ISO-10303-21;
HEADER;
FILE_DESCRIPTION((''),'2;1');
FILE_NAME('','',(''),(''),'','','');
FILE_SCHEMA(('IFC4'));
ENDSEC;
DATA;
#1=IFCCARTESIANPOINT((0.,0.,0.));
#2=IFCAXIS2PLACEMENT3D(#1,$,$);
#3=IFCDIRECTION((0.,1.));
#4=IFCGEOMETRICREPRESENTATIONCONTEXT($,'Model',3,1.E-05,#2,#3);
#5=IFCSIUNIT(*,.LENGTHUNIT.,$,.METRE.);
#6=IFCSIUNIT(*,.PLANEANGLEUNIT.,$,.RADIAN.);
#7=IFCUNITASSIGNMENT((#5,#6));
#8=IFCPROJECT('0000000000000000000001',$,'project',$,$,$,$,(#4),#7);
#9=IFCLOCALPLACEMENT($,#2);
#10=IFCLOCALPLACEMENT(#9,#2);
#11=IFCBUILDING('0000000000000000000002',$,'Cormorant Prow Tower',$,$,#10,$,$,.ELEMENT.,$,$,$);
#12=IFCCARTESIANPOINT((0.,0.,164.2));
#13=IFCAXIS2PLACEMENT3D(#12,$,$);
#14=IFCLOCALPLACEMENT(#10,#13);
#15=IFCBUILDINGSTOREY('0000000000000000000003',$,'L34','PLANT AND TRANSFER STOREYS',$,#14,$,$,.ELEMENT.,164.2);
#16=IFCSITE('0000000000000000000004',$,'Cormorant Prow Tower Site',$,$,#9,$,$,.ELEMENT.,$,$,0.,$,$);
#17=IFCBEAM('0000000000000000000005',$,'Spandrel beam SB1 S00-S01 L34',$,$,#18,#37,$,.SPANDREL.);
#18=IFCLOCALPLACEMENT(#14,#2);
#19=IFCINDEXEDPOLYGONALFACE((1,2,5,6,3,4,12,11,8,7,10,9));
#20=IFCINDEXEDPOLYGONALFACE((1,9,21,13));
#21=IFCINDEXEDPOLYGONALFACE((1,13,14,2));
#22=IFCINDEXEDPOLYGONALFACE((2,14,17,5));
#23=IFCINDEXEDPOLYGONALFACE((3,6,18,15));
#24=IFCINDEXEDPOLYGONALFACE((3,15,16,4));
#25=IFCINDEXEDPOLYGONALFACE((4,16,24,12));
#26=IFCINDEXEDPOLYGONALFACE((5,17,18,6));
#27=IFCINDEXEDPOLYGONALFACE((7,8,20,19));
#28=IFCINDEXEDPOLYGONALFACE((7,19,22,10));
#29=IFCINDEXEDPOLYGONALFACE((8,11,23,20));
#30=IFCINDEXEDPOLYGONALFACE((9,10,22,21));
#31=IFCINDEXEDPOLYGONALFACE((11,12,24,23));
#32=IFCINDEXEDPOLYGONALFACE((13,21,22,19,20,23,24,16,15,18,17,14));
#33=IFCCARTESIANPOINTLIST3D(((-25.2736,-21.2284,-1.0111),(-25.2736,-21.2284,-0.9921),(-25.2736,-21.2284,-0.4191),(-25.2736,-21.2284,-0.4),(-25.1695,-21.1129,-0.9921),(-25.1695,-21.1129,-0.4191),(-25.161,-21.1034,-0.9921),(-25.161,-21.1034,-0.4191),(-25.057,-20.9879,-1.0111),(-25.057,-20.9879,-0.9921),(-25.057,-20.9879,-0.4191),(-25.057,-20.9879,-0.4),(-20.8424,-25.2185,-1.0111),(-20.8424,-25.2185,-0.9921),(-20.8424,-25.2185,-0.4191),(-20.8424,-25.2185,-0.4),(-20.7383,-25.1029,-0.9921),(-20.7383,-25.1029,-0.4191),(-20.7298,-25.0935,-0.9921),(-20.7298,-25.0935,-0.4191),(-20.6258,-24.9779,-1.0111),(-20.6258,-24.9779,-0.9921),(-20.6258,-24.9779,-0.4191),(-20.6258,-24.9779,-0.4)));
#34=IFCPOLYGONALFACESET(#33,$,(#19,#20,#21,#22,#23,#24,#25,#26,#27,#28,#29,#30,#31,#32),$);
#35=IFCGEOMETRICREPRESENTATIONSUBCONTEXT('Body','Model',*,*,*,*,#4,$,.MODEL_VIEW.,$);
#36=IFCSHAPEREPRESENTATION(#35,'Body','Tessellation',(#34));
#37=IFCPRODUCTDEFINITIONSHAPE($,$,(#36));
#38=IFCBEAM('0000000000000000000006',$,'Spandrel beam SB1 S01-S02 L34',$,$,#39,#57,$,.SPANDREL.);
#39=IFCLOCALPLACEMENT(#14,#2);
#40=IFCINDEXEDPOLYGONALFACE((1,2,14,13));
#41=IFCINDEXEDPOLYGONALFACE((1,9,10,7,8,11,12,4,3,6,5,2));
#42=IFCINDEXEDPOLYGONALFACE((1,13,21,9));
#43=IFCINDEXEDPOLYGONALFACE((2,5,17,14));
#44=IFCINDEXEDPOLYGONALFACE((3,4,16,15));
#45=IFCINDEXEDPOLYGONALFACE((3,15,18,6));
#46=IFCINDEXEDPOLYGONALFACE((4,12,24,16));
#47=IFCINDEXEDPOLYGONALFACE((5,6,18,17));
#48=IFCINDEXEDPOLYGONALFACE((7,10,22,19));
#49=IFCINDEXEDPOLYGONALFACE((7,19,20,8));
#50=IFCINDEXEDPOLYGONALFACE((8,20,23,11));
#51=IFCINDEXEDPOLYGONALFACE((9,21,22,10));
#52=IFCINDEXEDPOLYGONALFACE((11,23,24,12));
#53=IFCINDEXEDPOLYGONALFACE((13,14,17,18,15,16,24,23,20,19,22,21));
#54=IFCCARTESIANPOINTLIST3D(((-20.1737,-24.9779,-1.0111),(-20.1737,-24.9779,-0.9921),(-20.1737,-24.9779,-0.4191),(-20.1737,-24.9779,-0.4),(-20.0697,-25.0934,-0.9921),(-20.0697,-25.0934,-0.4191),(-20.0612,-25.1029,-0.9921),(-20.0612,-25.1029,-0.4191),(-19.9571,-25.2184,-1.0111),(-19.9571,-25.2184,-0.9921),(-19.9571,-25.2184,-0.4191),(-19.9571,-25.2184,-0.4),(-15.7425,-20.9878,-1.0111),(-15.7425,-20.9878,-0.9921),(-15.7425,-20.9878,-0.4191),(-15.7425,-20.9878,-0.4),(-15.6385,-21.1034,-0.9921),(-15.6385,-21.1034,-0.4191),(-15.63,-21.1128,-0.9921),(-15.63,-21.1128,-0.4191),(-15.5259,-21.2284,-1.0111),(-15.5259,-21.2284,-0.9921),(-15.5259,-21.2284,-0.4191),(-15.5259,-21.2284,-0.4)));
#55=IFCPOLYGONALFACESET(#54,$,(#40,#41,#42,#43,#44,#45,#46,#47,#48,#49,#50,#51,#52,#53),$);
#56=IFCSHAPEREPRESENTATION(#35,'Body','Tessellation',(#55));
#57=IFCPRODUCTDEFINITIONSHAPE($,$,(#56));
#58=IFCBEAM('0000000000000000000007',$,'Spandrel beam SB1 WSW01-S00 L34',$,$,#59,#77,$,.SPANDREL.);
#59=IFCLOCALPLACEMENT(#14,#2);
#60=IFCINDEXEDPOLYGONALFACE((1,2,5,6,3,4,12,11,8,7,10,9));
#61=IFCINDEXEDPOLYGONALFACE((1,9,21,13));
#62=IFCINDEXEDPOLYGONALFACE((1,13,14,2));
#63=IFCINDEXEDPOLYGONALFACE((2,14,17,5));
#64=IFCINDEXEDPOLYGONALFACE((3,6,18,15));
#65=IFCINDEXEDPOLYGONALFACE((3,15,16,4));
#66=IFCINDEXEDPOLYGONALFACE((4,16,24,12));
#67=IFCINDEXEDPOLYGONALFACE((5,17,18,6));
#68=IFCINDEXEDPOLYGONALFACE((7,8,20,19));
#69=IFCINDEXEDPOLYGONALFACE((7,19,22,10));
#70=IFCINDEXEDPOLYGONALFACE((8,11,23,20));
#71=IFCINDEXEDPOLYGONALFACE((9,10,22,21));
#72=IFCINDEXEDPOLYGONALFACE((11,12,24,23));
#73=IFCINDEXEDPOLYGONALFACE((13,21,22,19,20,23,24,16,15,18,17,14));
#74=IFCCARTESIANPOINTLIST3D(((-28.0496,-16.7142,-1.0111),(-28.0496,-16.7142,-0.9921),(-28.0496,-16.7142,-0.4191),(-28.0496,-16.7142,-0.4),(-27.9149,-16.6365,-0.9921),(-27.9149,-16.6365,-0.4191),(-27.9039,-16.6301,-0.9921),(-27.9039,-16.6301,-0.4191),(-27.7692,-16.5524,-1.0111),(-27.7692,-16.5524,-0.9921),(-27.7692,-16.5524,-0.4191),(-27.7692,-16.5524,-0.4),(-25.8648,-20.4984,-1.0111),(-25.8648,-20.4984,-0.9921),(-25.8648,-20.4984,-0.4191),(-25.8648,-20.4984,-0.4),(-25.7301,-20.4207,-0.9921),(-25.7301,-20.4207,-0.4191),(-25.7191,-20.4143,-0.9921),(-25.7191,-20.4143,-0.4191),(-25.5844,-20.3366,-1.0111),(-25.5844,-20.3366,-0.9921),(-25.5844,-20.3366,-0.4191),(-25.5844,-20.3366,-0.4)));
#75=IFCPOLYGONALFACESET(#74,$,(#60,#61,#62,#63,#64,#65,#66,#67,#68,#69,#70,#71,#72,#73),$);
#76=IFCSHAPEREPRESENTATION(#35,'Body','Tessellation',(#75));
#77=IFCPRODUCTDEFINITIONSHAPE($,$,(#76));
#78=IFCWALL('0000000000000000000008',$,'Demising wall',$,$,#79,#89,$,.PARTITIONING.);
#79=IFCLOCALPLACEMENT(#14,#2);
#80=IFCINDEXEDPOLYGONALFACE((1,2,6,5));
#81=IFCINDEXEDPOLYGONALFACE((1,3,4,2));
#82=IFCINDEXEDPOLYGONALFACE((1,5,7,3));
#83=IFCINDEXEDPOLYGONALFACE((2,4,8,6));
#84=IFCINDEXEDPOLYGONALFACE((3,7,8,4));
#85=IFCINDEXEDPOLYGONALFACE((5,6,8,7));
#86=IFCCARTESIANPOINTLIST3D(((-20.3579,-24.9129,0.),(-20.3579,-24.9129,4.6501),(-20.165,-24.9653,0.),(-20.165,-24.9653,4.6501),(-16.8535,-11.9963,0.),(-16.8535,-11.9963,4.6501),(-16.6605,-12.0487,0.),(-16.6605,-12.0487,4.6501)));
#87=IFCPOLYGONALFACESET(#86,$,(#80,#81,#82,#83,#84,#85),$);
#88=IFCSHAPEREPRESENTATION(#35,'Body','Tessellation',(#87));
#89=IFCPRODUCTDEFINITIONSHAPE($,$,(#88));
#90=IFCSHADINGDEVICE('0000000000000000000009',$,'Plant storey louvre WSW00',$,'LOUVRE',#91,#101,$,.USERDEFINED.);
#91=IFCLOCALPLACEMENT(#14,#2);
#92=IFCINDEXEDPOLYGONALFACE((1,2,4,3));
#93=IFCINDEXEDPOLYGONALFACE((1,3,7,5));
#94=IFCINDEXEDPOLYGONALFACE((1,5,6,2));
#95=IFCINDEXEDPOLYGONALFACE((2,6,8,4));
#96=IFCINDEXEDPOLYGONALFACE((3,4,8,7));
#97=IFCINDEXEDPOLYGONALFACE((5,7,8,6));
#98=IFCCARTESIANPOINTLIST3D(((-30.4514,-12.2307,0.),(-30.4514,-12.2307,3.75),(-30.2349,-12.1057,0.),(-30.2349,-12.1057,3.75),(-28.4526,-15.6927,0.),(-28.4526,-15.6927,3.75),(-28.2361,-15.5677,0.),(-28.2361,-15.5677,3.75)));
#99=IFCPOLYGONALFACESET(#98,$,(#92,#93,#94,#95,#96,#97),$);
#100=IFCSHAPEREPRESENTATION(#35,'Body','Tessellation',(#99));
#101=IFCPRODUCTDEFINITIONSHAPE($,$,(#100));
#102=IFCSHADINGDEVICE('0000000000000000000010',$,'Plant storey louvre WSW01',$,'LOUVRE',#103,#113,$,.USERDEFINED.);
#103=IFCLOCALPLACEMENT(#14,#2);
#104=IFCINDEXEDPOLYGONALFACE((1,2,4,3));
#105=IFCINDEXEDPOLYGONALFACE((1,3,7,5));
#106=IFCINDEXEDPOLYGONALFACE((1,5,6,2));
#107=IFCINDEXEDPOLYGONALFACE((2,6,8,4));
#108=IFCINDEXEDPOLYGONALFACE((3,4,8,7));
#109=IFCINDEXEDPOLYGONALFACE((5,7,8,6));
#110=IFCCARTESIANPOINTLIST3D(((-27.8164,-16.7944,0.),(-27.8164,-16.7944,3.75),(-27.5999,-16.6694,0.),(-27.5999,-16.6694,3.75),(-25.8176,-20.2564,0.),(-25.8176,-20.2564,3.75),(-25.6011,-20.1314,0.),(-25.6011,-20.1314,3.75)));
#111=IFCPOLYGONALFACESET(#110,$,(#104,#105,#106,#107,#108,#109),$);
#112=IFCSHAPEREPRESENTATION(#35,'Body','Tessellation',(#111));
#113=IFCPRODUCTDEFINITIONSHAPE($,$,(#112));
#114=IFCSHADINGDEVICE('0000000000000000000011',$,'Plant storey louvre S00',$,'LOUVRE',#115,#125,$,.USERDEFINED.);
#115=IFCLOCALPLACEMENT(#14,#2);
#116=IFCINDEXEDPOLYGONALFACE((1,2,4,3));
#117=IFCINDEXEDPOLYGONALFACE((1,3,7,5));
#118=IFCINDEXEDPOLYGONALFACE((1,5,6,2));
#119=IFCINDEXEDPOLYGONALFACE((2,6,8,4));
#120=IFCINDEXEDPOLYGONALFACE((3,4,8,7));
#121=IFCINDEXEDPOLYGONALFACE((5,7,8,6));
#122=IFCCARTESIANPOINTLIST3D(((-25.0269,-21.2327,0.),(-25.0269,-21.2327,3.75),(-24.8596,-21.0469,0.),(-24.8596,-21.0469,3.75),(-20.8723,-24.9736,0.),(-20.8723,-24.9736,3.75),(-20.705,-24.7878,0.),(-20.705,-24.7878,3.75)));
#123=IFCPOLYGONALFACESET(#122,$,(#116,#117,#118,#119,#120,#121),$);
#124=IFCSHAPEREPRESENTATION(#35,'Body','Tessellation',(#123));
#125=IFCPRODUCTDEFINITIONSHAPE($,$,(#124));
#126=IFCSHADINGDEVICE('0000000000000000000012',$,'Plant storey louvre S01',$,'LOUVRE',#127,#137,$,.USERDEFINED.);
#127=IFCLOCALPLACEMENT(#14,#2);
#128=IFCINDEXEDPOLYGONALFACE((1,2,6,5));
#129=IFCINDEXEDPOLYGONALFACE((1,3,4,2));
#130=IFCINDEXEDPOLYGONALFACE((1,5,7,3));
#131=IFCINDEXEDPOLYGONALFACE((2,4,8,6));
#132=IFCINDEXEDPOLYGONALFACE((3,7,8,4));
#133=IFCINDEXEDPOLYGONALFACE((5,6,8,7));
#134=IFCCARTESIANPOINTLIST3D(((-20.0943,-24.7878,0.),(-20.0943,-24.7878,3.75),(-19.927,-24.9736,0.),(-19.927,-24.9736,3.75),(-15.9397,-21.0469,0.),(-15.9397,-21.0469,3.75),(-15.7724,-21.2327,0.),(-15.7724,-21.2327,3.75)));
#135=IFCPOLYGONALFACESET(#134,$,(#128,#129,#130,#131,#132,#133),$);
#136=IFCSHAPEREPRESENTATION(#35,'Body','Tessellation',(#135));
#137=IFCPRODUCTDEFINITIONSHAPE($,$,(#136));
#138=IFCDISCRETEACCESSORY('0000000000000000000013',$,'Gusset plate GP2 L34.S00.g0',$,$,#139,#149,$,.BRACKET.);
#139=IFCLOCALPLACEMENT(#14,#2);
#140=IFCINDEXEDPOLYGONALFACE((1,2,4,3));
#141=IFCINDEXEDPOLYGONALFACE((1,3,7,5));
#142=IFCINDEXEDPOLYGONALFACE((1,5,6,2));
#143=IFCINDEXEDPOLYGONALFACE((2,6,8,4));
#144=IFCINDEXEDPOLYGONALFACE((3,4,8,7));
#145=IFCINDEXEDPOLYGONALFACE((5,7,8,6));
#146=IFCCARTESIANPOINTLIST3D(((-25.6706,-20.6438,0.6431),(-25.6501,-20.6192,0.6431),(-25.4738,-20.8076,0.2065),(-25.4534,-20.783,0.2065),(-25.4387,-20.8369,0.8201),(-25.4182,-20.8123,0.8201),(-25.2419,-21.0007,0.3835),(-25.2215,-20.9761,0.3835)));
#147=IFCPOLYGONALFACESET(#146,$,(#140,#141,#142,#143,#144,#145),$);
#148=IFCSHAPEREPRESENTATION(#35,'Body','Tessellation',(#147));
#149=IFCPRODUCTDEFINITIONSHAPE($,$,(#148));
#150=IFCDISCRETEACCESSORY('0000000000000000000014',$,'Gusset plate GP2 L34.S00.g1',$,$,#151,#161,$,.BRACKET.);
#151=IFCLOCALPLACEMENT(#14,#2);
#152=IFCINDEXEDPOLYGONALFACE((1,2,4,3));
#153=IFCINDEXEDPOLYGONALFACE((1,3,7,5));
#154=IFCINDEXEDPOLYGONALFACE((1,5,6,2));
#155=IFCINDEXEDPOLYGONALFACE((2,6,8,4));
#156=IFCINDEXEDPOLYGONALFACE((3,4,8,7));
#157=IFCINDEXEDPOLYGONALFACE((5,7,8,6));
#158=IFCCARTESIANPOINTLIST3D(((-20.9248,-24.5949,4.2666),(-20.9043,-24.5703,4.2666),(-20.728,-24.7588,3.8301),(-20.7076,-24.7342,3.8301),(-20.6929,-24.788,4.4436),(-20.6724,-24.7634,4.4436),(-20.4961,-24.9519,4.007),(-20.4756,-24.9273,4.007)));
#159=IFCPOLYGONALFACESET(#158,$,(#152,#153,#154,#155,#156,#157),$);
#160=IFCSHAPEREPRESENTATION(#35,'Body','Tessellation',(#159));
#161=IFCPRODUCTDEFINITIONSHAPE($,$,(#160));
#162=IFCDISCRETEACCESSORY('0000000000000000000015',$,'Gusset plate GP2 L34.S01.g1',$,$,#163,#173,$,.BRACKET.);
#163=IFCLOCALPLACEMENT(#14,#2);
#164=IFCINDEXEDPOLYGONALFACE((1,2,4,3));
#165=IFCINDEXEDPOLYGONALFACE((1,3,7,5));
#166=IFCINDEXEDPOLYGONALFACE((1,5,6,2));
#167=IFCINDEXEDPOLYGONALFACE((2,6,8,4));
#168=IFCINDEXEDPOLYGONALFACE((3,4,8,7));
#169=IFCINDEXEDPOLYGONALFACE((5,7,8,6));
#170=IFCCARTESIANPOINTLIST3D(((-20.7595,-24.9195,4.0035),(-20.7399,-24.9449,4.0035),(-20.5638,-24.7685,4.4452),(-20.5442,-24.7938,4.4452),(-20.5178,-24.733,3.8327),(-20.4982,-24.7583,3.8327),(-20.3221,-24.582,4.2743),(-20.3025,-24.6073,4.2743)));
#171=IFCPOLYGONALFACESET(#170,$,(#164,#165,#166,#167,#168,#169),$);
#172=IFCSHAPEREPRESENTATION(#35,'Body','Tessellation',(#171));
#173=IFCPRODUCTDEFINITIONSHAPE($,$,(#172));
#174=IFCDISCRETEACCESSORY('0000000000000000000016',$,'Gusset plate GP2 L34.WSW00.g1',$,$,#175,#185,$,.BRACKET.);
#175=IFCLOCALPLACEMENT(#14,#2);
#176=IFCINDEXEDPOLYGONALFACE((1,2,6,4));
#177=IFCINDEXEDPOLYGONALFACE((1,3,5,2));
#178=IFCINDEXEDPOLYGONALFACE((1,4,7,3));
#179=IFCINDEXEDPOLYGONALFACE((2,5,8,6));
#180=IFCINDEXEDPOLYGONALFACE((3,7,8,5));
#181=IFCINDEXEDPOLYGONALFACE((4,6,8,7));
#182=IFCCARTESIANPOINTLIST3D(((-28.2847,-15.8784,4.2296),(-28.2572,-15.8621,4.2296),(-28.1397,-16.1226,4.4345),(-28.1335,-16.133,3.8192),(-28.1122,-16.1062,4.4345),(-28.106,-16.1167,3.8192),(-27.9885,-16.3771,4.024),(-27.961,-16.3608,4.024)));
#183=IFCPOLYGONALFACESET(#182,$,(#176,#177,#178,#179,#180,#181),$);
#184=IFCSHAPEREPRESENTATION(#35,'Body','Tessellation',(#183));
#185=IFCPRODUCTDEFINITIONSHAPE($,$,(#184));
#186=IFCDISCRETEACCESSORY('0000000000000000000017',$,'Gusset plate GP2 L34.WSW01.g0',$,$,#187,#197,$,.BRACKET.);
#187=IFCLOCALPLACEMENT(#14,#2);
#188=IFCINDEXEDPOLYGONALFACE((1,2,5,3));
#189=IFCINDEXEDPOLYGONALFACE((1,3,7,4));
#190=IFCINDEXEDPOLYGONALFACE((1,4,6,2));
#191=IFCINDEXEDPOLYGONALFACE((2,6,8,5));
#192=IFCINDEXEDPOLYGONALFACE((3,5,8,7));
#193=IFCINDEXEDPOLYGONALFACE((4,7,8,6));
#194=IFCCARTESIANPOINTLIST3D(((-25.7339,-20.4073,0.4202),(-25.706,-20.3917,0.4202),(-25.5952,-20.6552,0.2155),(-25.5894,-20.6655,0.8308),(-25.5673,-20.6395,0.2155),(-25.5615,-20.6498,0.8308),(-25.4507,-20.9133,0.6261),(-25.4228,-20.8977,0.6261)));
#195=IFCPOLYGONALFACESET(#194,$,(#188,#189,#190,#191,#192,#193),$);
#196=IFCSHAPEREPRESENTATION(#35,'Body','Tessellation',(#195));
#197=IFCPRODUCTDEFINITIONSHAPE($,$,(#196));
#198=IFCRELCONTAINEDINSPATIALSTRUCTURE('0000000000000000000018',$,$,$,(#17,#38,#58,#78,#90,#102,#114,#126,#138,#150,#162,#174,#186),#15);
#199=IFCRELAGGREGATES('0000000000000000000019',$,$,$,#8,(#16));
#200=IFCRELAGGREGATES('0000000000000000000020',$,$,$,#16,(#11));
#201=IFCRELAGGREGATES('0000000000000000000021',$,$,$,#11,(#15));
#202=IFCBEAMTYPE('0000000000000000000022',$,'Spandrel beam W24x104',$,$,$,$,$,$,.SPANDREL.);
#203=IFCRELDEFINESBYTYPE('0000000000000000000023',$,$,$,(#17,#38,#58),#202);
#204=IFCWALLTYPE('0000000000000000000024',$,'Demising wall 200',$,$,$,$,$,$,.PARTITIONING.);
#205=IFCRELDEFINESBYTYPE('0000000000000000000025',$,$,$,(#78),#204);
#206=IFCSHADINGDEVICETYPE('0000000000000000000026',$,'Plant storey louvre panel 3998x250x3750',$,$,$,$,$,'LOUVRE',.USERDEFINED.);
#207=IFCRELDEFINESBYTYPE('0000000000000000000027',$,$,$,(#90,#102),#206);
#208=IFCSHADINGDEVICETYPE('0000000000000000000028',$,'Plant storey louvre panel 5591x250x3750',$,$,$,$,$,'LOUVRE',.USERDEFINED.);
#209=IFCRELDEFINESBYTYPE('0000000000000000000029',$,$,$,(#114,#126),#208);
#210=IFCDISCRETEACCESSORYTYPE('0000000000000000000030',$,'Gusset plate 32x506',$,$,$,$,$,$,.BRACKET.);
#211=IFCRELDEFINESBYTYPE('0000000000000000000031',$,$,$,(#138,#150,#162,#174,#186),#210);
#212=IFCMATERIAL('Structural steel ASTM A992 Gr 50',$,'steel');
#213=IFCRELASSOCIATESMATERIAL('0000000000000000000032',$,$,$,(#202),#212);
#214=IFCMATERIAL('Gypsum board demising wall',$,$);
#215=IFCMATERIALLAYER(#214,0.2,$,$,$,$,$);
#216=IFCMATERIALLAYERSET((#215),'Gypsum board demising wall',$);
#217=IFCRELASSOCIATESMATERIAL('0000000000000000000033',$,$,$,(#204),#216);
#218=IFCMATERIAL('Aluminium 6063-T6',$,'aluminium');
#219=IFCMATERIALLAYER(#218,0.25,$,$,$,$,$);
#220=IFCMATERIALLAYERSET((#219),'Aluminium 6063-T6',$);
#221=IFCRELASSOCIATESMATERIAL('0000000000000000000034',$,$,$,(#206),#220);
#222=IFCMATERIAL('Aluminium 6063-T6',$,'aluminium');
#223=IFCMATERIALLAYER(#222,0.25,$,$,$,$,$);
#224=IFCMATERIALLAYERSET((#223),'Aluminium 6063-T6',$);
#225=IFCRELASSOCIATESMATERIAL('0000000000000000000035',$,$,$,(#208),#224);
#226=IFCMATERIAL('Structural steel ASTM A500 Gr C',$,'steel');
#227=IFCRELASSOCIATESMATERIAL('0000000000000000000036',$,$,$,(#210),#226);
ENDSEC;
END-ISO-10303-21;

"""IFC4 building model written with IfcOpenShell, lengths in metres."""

from ifc_helpers import new_model, si_unit, direction, frame, frame_2d, origin, origin_2d, place, context, subcontext, project, spatial, rectangle, i_section, extrude, material, layer, layer_set, material_profile, profile_set, type_object, element, save


model = new_model("IFC4")

# Units and contexts
model_context = context("Model", 3, precision=1e-05, world=origin(), true_north=direction((0.0, 1.0)))
body_context = subcontext(model_context, "Body", "Model", "MODEL_VIEW")
ifc_project = project(units=[si_unit("LENGTHUNIT", "METRE"), si_unit("PLANEANGLEUNIT", "RADIAN")], contexts=[model_context])

# Site, building, storey
site_placement = place(None, origin())
site = spatial("IfcSite", under=ifc_project, at=site_placement, Name="Cormorant Prow Tower Site", CompositionType="ELEMENT", RefElevation=0.0)
building_placement = place(site_placement, origin())
building = spatial("IfcBuilding", under=site, at=building_placement, Name="Cormorant Prow Tower", CompositionType="ELEMENT")
storey_placement = place(building_placement, frame((0.0, 0.0, 164.2)))
storey = spatial("IfcBuildingStorey", under=building, at=storey_placement, Name="L34", Description="PLANT AND TRANSFER STOREYS", CompositionType="ELEMENT", Elevation=164.2)

# Beams
ifc_material_1 = material(Name="Structural steel ASTM A992 Gr 50", Category="steel")
ifc_material_profile_1 = material_profile(ifc_material_1, i_section(OverallWidth=0.3237, OverallDepth=0.6111, WebThickness=0.0127, FlangeThickness=0.019, at=origin_2d()), Name="W24x104")
ifc_profile_set_1 = profile_set([ifc_material_profile_1], Name="Structural steel ASTM A992 Gr 50")
beam_type = type_object("IfcBeamType", Name="Spandrel beam W24x104", PredefinedType="SPANDREL", material=ifc_profile_set_1)
for number, where, z_axis, x_axis, name in (
    (1, (-25.1653, -21.1082, -0.7056), (0.743131, -0.669146, 0.0), (0.669146, 0.743131, 0.0), "Spandrel beam SB1 S00-S01 L34"),
    (2, (-20.0654, -25.0981, -0.7056), (0.743131, 0.669146, 0.0), (-0.669146, 0.743131, 0.0), "Spandrel beam SB1 S01-S02 L34"),
):
    element("IfcBeam", number, at=place(storey_placement, frame(where, z_axis=z_axis, x_axis=x_axis)), inside=storey, type_object=beam_type, Name=name, PredefinedType="SPANDREL", context=body_context, shape_type="SweptSolid", body=[
        extrude(i_section(OverallWidth=0.3237, OverallDepth=0.6111, WebThickness=0.0127, FlangeThickness=0.019, at=origin_2d()), origin(), (0.0, 0.0, 1.0), 5.9629),
    ])
beam_placement = place(storey_placement, frame((-27.9094, -16.6333, -0.7056), z_axis=(0.500003, -0.866024, 0.0), x_axis=(0.866024, 0.500003, 0.0)))
element("IfcBeam", 3, at=beam_placement, inside=storey, type_object=beam_type, Name="Spandrel beam SB1 WSW01-S00 L34", PredefinedType="SPANDREL", context=body_context, shape_type="SweptSolid", body=[
    extrude(i_section(OverallWidth=0.3237, OverallDepth=0.6111, WebThickness=0.0127, FlangeThickness=0.019, at=origin_2d()), origin(), (0.0, 0.0, 1.0), 4.3696),
])

# Wall
ifc_material_2 = material(Name="Gypsum board demising wall")
ifc_layer_1 = layer(ifc_material_2, 0.2)
ifc_layer_set_1 = layer_set([ifc_layer_1], Name="Gypsum board demising wall")
wall_type = type_object("IfcWallType", Name="Demising wall 200", PredefinedType="PARTITIONING", material=ifc_layer_set_1)
wall_placement = place(storey_placement, frame((-20.2615, -24.9392, 0.0), z_axis=(0.0, 0.0, 1.0), x_axis=(0.261845, 0.96511, 0.0)))
element("IfcWall", 4, at=wall_placement, inside=storey, type_object=wall_type, Name="Demising wall", PredefinedType="PARTITIONING", context=body_context, shape_type="SweptSolid", body=[
    extrude(rectangle(XDim=13.3835, YDim=0.2, at=frame_2d((6.6919, 0.0))), origin(), (0.0, 0.0, 1.0), 4.6501),
])

# Shading devices
ifc_material_3 = material(Name="Aluminium 6063-T6", Category="aluminium")
ifc_layer_2 = layer(ifc_material_3, 0.25)
ifc_layer_set_2 = layer_set([ifc_layer_2], Name="Aluminium 6063-T6")
shading_device_type_1 = type_object("IfcShadingDeviceType", Name="Plant storey louvre panel 3998x250x3750", ElementType="LOUVRE", PredefinedType="USERDEFINED", material=ifc_layer_set_2)
for number, where, z_axis, x_axis, name in (
    (5, (-29.3438, -13.8992, 0.0), (0.0, 0.0, 1.0), (0.5, -0.866025, 0.0), "Plant storey louvre WSW00"),
    (6, (-26.7087, -18.4629, 0.0), (0.0, 0.0, 1.0), (0.5, -0.866025, 0.0), "Plant storey louvre WSW01"),
):
    element("IfcShadingDevice", number, at=place(storey_placement, frame(where, z_axis=z_axis, x_axis=x_axis)), inside=storey, type_object=shading_device_type_1, Name=name, ObjectType="LOUVRE", PredefinedType="USERDEFINED", context=body_context, shape_type="SweptSolid", body=[
        extrude(rectangle(XDim=3.9976, YDim=0.25, at=origin_2d()), origin(), (0.0, 0.0, 1.0), 3.75),
    ])
ifc_material_4 = material(Name="Aluminium 6063-T6", Category="aluminium")
ifc_layer_3 = layer(ifc_material_4, 0.25)
ifc_layer_set_3 = layer_set([ifc_layer_3], Name="Aluminium 6063-T6")
shading_device_type_2 = type_object("IfcShadingDeviceType", Name="Plant storey louvre panel 5591x250x3750", ElementType="LOUVRE", PredefinedType="USERDEFINED", material=ifc_layer_set_3)
for number, where, z_axis, x_axis, name in (
    (7, (-22.866, -23.0103, 0.0), (0.0, 0.0, 1.0), (0.743145, -0.669131, 0.0), "Plant storey louvre S00"),
    (8, (-17.9333, -23.0103, 0.0), (0.0, 0.0, 1.0), (0.743145, 0.669131, 0.0), "Plant storey louvre S01"),
):
    element("IfcShadingDevice", number, at=place(storey_placement, frame(where, z_axis=z_axis, x_axis=x_axis)), inside=storey, type_object=shading_device_type_2, Name=name, ObjectType="LOUVRE", PredefinedType="USERDEFINED", context=body_context, shape_type="SweptSolid", body=[
        extrude(rectangle(XDim=5.5906, YDim=0.25, at=origin_2d()), origin(), (0.0, 0.0, 1.0), 3.75),
    ])

# Discrete accessories
ifc_material_5 = material(Name="Structural steel ASTM A500 Gr C", Category="steel")
ifc_material_profile_2 = material_profile(ifc_material_5, rectangle(XDim=0.032, YDim=0.5061, at=origin_2d()), Name="Gusset plate 32x506")
ifc_profile_set_2 = profile_set([ifc_material_profile_2], Name="Structural steel ASTM A500 Gr C")
discrete_accessory_type_1 = type_object("IfcDiscreteAccessoryType", Name="Gusset plate 32x506", PredefinedType="BRACKET", material=ifc_profile_set_2)
for number, where, z_axis, x_axis, name in (
    (9, (-25.3301, -20.9065, 0.6018), (-0.662894, 0.551946, -0.505893), (-0.639866, -0.768486, 0.0), "Gusset plate GP2 L34.S00.g0"),
    (10, (-20.8162, -24.6646, 4.0483), (0.662894, -0.551946, 0.505893), (0.639866, 0.768486, 0.0), "Gusset plate GP2 L34.S00.g1"),
    (11, (-20.4102, -24.6702, 4.0535), (-0.690807, -0.533107, 0.488449), (0.610947, -0.791672, 0.0), "Gusset plate GP2 L34.S01.g1"),
):
    element("IfcDiscreteAccessory", number, at=place(storey_placement, frame(where, z_axis=z_axis, x_axis=x_axis)), inside=storey, type_object=discrete_accessory_type_1, Name=name, PredefinedType="BRACKET", context=body_context, shape_type="SweptSolid", body=[
        extrude(rectangle(XDim=0.032, YDim=0.5061, at=origin_2d()), origin(), (0.0, 0.0, 1.0), 0.3499),
    ])
for number, where, z_axis, x_axis, name in (
    (12, (-28.1953, -15.9976, 4.0244), (0.414186, -0.697282, 0.58502), (0.85976, 0.510698, 0.0), "Gusset plate GP2 L34.WSW00.g1"),
    (13, (-25.6477, -20.5286, 0.6255), (0.396217, -0.708028, -0.584559), (0.872653, 0.488342, 0.0), "Gusset plate GP2 L34.WSW01.g0"),
):
    element("IfcDiscreteAccessory", number, at=place(storey_placement, frame(where, z_axis=z_axis, x_axis=x_axis)), inside=storey, type_object=discrete_accessory_type_1, Name=name, PredefinedType="BRACKET", context=body_context, shape_type="SweptSolid", body=[
        extrude(rectangle(XDim=0.032, YDim=0.5061, at=origin_2d()), origin(), (0.0, 0.0, 1.0), 0.3501),
    ])

save(model, "model.ifc")
